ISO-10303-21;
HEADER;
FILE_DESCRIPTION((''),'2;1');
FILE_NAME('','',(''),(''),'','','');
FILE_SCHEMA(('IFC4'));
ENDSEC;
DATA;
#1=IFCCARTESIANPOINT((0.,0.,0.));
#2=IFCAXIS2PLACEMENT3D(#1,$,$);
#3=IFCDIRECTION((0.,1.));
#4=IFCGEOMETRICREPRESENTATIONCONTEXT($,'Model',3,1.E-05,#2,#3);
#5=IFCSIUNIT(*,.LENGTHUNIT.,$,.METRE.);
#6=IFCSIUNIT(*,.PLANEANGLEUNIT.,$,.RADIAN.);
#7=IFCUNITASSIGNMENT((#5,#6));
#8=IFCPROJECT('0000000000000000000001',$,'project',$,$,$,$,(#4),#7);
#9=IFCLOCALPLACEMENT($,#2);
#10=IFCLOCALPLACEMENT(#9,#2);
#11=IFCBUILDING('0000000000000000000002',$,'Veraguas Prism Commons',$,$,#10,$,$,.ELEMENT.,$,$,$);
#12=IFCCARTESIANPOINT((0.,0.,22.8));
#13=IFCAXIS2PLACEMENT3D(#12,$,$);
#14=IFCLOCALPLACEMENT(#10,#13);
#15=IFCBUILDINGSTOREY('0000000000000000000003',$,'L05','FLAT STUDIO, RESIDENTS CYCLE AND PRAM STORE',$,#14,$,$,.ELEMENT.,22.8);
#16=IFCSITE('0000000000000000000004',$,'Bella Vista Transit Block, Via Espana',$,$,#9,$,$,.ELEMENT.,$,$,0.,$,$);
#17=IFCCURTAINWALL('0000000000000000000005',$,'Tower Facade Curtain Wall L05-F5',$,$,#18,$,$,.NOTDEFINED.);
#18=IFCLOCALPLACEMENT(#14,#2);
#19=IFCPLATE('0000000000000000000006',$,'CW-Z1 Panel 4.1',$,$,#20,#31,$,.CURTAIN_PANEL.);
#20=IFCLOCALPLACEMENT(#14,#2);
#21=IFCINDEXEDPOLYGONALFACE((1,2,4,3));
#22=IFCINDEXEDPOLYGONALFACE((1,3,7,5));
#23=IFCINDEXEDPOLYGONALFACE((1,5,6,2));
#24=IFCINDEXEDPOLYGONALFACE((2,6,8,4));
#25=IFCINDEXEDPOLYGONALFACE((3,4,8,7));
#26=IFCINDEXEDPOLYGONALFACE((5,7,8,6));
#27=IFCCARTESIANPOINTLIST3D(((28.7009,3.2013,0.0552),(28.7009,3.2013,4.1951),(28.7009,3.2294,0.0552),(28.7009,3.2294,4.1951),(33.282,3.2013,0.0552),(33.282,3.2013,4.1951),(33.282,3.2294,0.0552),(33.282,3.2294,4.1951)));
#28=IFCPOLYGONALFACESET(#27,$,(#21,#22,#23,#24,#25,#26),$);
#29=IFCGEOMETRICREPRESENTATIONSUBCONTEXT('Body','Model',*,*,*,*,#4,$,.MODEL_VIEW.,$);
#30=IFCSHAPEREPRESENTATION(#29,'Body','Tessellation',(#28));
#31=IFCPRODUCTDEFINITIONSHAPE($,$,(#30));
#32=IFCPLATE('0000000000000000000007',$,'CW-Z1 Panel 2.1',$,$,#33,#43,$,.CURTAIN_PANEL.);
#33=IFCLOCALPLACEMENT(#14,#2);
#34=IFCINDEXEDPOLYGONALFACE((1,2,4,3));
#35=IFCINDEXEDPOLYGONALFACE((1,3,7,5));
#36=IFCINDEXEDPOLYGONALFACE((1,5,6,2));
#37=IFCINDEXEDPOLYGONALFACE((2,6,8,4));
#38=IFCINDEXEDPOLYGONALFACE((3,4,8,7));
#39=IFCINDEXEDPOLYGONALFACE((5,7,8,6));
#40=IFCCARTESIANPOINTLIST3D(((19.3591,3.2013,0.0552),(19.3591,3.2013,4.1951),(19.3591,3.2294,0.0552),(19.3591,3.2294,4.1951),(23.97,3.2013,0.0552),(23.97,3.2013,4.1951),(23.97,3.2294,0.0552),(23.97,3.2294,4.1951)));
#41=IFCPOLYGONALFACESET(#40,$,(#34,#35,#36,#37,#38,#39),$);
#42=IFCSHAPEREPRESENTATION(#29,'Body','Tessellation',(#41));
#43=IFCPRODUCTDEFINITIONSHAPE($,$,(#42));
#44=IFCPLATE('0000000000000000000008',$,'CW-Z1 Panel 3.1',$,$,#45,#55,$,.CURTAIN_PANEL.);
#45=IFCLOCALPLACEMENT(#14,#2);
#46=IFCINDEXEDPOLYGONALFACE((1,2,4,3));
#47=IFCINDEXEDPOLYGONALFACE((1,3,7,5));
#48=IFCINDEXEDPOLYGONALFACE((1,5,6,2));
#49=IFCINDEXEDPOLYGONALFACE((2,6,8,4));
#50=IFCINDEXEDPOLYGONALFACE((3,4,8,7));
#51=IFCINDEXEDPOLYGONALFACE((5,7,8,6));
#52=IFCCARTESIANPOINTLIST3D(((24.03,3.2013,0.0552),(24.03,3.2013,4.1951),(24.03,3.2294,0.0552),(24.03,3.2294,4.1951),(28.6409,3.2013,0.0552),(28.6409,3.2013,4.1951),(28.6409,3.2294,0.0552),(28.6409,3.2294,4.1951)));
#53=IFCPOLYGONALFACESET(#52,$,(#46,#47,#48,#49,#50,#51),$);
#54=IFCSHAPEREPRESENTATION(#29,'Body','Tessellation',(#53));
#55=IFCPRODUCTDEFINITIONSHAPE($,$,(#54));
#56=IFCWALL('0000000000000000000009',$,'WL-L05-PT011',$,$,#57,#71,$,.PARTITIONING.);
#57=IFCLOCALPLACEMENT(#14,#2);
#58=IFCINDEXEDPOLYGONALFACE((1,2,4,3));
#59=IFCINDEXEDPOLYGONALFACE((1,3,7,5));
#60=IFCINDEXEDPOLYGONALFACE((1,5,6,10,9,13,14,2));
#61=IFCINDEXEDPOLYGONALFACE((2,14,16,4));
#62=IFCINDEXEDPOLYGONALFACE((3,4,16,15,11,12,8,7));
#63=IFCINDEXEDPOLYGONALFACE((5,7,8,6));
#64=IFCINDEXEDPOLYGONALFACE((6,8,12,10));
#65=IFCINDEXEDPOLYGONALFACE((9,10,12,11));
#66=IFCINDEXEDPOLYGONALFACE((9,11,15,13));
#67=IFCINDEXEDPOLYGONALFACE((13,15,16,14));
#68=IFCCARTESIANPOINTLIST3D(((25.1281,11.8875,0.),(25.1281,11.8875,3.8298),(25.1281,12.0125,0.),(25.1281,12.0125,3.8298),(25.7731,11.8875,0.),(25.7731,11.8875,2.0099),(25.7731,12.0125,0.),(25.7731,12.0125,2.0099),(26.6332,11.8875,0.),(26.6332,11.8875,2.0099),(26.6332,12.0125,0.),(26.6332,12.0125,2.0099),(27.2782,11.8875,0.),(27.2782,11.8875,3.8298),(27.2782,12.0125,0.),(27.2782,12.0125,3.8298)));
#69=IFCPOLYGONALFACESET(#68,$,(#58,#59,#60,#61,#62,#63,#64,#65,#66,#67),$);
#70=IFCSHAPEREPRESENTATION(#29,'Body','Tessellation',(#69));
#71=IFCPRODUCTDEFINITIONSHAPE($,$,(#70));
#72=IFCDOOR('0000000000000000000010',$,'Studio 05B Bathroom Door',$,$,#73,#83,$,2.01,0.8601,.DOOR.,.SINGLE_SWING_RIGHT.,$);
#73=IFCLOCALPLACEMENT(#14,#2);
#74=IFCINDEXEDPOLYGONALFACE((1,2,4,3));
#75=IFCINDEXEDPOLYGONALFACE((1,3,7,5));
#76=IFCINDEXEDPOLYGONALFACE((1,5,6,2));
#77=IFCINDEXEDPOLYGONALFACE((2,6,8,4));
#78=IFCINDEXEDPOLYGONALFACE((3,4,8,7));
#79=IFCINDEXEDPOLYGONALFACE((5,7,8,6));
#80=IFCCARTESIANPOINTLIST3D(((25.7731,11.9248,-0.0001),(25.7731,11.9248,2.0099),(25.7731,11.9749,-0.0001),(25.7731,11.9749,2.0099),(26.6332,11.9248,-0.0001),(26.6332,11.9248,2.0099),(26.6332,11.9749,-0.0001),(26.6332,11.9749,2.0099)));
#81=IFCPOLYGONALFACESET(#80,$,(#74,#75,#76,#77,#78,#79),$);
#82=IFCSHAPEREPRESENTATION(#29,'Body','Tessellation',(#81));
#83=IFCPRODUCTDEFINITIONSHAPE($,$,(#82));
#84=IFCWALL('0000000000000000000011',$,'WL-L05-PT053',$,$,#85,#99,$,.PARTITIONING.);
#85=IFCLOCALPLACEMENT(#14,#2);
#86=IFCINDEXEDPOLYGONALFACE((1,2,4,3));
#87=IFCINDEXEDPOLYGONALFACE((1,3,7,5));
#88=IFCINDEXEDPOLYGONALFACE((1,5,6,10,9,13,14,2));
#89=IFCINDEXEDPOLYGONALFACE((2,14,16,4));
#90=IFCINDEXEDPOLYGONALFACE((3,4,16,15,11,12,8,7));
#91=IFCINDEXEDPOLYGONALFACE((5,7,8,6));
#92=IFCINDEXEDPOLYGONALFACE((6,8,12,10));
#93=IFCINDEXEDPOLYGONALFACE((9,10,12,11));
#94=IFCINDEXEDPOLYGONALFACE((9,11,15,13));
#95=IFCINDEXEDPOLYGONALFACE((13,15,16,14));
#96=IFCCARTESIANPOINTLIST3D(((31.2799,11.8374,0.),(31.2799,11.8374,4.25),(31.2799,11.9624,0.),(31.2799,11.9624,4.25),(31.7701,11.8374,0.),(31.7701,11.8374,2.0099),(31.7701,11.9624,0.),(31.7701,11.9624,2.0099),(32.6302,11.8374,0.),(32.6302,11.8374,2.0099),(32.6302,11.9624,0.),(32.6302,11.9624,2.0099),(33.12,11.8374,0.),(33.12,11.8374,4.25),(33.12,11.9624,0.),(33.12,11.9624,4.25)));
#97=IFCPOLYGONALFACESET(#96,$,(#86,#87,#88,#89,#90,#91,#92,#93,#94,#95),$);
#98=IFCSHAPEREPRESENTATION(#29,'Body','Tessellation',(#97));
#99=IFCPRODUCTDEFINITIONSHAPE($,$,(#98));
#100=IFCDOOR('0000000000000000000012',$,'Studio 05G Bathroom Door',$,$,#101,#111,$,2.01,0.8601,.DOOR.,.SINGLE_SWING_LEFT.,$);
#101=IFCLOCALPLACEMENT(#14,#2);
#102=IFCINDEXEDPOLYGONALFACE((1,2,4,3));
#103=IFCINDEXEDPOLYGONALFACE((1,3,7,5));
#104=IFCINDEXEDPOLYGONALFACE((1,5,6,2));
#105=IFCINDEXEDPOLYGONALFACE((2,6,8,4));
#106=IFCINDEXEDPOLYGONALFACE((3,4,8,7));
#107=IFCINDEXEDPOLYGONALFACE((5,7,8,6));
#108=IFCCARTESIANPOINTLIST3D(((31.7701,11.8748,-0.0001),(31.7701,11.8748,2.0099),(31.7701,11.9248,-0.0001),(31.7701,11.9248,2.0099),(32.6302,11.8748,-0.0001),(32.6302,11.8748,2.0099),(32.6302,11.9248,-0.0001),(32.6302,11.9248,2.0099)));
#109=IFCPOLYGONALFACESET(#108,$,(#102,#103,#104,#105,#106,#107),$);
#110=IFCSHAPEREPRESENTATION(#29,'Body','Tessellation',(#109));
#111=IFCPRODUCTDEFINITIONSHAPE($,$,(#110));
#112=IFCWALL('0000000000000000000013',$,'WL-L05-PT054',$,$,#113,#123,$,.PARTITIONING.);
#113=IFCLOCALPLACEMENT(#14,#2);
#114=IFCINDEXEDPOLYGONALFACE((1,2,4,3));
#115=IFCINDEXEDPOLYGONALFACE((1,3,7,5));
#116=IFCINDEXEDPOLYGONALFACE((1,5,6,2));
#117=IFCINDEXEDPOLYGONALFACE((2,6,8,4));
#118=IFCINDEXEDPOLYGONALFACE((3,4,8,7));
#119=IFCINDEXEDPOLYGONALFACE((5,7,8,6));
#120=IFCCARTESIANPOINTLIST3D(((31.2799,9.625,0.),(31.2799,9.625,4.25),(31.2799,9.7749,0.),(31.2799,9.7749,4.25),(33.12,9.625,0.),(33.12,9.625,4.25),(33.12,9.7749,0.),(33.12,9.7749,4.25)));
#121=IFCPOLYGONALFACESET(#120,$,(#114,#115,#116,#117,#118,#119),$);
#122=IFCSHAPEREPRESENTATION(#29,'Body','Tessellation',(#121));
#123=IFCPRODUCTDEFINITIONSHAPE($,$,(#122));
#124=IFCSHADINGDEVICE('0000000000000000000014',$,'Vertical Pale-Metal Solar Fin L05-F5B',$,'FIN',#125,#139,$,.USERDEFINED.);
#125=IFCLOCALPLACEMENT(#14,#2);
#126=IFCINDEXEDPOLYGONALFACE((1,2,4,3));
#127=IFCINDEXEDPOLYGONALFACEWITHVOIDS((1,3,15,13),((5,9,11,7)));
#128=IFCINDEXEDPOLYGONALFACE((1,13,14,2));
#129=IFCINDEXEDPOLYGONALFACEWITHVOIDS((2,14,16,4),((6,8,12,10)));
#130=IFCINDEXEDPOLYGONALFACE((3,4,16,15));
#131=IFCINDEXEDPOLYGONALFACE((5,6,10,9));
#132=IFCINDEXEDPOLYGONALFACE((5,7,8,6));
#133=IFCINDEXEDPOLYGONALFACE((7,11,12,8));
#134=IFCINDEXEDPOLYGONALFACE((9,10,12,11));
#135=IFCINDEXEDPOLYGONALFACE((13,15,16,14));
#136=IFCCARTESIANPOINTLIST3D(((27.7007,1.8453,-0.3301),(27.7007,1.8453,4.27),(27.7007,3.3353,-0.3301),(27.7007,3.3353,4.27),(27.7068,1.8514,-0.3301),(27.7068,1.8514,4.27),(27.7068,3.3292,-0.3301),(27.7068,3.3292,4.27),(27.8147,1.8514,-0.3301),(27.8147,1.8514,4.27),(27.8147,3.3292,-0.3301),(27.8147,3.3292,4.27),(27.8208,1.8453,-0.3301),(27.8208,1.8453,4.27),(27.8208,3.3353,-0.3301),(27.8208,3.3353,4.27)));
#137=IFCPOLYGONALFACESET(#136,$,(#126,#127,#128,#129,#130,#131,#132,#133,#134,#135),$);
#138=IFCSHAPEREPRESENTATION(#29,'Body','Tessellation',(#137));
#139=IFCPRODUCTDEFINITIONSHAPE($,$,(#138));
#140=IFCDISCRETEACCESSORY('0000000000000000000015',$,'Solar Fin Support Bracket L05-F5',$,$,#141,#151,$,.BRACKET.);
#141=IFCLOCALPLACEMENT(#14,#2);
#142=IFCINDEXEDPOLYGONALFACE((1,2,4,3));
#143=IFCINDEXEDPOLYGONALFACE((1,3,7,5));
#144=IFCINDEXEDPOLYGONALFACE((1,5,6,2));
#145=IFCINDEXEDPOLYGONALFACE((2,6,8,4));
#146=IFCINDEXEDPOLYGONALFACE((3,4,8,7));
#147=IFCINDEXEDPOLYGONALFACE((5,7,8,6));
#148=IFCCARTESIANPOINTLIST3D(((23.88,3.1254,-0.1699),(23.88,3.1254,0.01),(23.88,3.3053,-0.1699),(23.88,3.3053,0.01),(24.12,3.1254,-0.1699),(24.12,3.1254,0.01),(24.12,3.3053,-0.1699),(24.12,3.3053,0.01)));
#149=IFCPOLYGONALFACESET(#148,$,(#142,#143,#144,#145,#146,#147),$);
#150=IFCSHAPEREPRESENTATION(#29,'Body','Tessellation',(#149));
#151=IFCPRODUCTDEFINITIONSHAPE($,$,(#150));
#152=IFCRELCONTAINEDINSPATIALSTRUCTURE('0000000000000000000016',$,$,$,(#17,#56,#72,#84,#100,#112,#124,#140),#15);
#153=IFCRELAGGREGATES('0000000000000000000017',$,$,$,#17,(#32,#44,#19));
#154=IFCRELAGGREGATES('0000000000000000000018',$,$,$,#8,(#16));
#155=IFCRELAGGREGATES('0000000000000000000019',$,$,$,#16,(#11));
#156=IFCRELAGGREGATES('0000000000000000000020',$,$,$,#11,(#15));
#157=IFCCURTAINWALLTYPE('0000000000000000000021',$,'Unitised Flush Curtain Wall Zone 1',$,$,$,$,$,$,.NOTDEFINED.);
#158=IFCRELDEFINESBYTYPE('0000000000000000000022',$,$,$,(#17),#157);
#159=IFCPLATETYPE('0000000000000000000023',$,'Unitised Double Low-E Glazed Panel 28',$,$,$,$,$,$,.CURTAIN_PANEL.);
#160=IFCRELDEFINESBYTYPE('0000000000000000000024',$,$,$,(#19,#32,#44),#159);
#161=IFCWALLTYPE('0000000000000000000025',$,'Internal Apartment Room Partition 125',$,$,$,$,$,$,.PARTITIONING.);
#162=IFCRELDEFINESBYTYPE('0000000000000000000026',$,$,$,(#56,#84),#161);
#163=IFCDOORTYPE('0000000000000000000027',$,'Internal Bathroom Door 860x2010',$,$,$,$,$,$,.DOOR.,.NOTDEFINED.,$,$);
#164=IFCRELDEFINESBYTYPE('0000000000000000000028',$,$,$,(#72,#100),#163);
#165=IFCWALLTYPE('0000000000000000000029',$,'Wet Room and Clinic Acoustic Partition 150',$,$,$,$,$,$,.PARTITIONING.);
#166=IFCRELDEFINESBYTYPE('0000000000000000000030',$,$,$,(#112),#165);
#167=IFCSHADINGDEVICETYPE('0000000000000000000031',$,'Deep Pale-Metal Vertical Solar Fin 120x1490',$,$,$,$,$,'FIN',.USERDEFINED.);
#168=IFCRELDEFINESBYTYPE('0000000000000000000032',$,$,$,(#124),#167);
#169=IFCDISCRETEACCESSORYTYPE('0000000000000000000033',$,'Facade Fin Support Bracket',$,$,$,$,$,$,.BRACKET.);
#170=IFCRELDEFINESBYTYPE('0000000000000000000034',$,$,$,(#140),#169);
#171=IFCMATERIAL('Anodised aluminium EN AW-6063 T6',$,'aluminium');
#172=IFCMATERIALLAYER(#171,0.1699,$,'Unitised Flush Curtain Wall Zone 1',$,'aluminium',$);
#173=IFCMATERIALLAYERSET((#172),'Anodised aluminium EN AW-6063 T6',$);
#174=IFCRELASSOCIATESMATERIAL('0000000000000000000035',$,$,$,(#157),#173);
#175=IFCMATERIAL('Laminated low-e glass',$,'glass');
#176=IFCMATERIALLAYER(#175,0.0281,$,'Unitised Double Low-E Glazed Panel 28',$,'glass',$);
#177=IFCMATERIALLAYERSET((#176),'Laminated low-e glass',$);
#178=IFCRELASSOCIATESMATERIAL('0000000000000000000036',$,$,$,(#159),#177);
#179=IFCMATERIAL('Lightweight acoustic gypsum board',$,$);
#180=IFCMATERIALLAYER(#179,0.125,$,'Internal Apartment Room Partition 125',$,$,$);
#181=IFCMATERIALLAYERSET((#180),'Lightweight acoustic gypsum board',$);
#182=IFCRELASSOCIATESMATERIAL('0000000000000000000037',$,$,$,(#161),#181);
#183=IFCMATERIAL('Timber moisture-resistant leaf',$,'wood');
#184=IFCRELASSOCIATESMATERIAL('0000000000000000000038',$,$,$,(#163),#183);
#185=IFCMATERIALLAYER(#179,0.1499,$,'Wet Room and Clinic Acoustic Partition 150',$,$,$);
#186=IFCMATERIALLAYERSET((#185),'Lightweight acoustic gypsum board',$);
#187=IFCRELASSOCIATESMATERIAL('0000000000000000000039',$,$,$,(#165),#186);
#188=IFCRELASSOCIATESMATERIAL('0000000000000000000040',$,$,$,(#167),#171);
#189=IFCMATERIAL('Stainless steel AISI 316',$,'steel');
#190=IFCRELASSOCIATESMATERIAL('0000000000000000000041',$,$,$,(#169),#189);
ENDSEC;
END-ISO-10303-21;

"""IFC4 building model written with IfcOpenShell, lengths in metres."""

from ifc_helpers import new_model, si_unit, direction, frame, frame_2d, origin, origin_2d, place, context, subcontext, project, spatial, rectangle, hollow_rectangle, extrude, source, transform, mapped, material, layer, layer_set, material_profile, profile_set, type_object, element, fill, aggregate, save


model = new_model("IFC4")

# Units and contexts
model_context = context("Model", 3, precision=1e-05, world=origin(), true_north=direction((0.0, 1.0)))
body_context = subcontext(model_context, "Body", "Model", "MODEL_VIEW")
ifc_project = project(units=[si_unit("LENGTHUNIT", "METRE"), si_unit("PLANEANGLEUNIT", "RADIAN")], contexts=[model_context])

# Site, building, storey
site_placement = place(None, origin())
site = spatial("IfcSite", under=ifc_project, at=site_placement, Name="Bella Vista Transit Block, Via Espana", CompositionType="ELEMENT", RefElevation=0.0)
building_placement = place(site_placement, origin())
building = spatial("IfcBuilding", under=site, at=building_placement, Name="Veraguas Prism Commons", CompositionType="ELEMENT")
storey_placement = place(building_placement, frame((0.0, 0.0, 22.8)))
storey = spatial("IfcBuildingStorey", under=building, at=storey_placement, Name="L05", Description="FLAT STUDIO, RESIDENTS CYCLE AND PRAM STORE", CompositionType="ELEMENT", Elevation=22.8)

# Curtain wall, plates
ifc_material_1 = material(Name="Anodised aluminium EN AW-6063 T6", Category="aluminium")
ifc_layer_1 = layer(ifc_material_1, 0.1699, Name="Unitised Flush Curtain Wall Zone 1", Category="aluminium")
ifc_layer_set_1 = layer_set([ifc_layer_1], Name="Anodised aluminium EN AW-6063 T6")
curtain_wall_type = type_object("IfcCurtainWallType", Name="Unitised Flush Curtain Wall Zone 1", PredefinedType="NOTDEFINED", material=ifc_layer_set_1)
curtain_wall_placement = place(storey_placement, origin())
curtain_wall = element("IfcCurtainWall", 1, at=curtain_wall_placement, inside=storey, type_object=curtain_wall_type, Name="Tower Facade Curtain Wall L05-F5", PredefinedType="NOTDEFINED")
ifc_material_2 = material(Name="Laminated low-e glass", Category="glass")
ifc_layer_2 = layer(ifc_material_2, 0.0281, Name="Unitised Double Low-E Glazed Panel 28", Category="glass")
ifc_layer_set_2 = layer_set([ifc_layer_2], Name="Laminated low-e glass")
plate_type = type_object("IfcPlateType", Name="Unitised Double Low-E Glazed Panel 28", PredefinedType="CURTAIN_PANEL", material=ifc_layer_set_2)
shared_shape_1 = source(origin(), body_context, "Body", "SweptSolid", [
    extrude(rectangle(XDim=4.5811, YDim=0.0281, at=origin_2d()), origin(), (0.0, 0.0, 1.0), 4.1399),
])
plate_1_placement = place(storey_placement, frame((30.9915, 3.2153, 0.0552), z_axis=(0.0, 0.0, 1.0), x_axis=(1.0, 0.0, 0.0)))
plate_1 = element("IfcPlate", 2, at=plate_1_placement, type_object=plate_type, Name="CW-Z1 Panel 4.1", PredefinedType="CURTAIN_PANEL", context=body_context, shape_type="MappedRepresentation", body=[
    mapped(shared_shape_1, transform((0.0, 0.0, 0.0), scale=1.0)),
])
shared_shape_2 = source(origin(), body_context, "Body", "SweptSolid", [
    extrude(rectangle(XDim=4.6108, YDim=0.0281, at=origin_2d()), origin(), (0.0, 0.0, 1.0), 4.1399),
])
plate_2_placement = place(storey_placement, frame((21.6646, 3.2153, 0.0552), z_axis=(0.0, 0.0, 1.0), x_axis=(1.0, 0.0, 0.0)))
plate_2 = element("IfcPlate", 3, at=plate_2_placement, type_object=plate_type, Name="CW-Z1 Panel 2.1", PredefinedType="CURTAIN_PANEL", context=body_context, shape_type="MappedRepresentation", body=[
    mapped(shared_shape_2, transform((0.0, 0.0, 0.0), scale=1.0)),
])
plate_3_placement = place(storey_placement, frame((26.3354, 3.2153, 0.0552), z_axis=(0.0, 0.0, 1.0), x_axis=(1.0, 0.0, 0.0)))
plate_3 = element("IfcPlate", 4, at=plate_3_placement, type_object=plate_type, Name="CW-Z1 Panel 3.1", PredefinedType="CURTAIN_PANEL", context=body_context, shape_type="MappedRepresentation", body=[
    mapped(shared_shape_2, transform((0.0, 0.0, 0.0), scale=1.0)),
])
aggregate(curtain_wall, [plate_2, plate_3, plate_1])

# Walls, openings, doors
ifc_material_3 = material(Name="Lightweight acoustic gypsum board")
ifc_layer_3 = layer(ifc_material_3, 0.125, Name="Internal Apartment Room Partition 125")
ifc_layer_set_3 = layer_set([ifc_layer_3], Name="Lightweight acoustic gypsum board")
wall_type_1 = type_object("IfcWallType", Name="Internal Apartment Room Partition 125", PredefinedType="PARTITIONING", material=ifc_layer_set_3)
wall_1_placement = place(storey_placement, frame((25.1279, 11.95, 0.0), z_axis=(0.0, 0.0, 1.0), x_axis=(1.0, 0.0, 0.0)))
wall_1 = element("IfcWall", 5, at=wall_1_placement, inside=storey, type_object=wall_type_1, Name="WL-L05-PT011", PredefinedType="PARTITIONING", context=body_context, shape_type="SweptSolid", body=[
    extrude(rectangle(XDim=2.1501, YDim=0.125, at=frame_2d((1.0752, 0.0))), origin(), (0.0, 0.0, 1.0), 3.8298),
])
opening_1_placement = place(wall_1_placement, frame((0.645, 0.0, 0.0)))
opening_1 = element("IfcOpeningElement", 6, at=opening_1_placement, cuts=wall_1, PredefinedType="OPENING", context=body_context, shape_type="SweptSolid", body=[
    extrude(rectangle(XDim=0.8601, YDim=2.01, at=frame_2d((0.4302, 1.0049))), frame((0.0, 0.0725, 0.0), z_axis=(0.0, -1.0, 0.0), x_axis=(1.0, 0.0, 0.0)), (0.0, 0.0, 1.0), 0.145),
])
ifc_material_4 = material(Name="Timber moisture-resistant leaf", Category="wood")
door_type = type_object("IfcDoorType", Name="Internal Bathroom Door 860x2010", OperationType="NOTDEFINED", PredefinedType="DOOR", material=ifc_material_4)
shared_shape_3 = source(origin(), body_context, "Body", "SweptSolid", [
    extrude(rectangle(XDim=0.8601, YDim=2.01, at=frame_2d((0.4302, 1.0049))), frame((0.0, 0.0249, 0.0), z_axis=(0.0, -1.0, 0.0), x_axis=(1.0, 0.0, 0.0)), (0.0, 0.0, 1.0), 0.05),
])
door_1_placement = place(opening_1_placement, origin())
door_1 = element("IfcDoor", 7, at=door_1_placement, inside=storey, type_object=door_type, Name="Studio 05B Bathroom Door", OperationType="SINGLE_SWING_RIGHT", OverallHeight=2.01, OverallWidth=0.8601, PredefinedType="DOOR", context=body_context, shape_type="MappedRepresentation", body=[
    mapped(shared_shape_3, transform((0.0, 0.0, 0.0), scale=1.0)),
])
fill(opening_1, door_1)
wall_2_placement = place(storey_placement, frame((31.28, 11.8999, 0.0), z_axis=(0.0, 0.0, 1.0), x_axis=(1.0, 0.0, 0.0)))
wall_2 = element("IfcWall", 8, at=wall_2_placement, inside=storey, type_object=wall_type_1, Name="WL-L05-PT053", PredefinedType="PARTITIONING", context=body_context, shape_type="SweptSolid", body=[
    extrude(rectangle(XDim=1.8401, YDim=0.125, at=frame_2d((0.9199, 0.0))), origin(), (0.0, 0.0, 1.0), 4.25),
])
opening_2_placement = place(wall_2_placement, frame((0.49, 0.0, 0.0)))
opening_2 = element("IfcOpeningElement", 9, at=opening_2_placement, cuts=wall_2, PredefinedType="OPENING", context=body_context, shape_type="SweptSolid", body=[
    extrude(rectangle(XDim=0.8601, YDim=2.01, at=frame_2d((0.4302, 1.0049))), frame((0.0, 0.0725, 0.0), z_axis=(0.0, -1.0, 0.0), x_axis=(1.0, 0.0, 0.0)), (0.0, 0.0, 1.0), 0.145),
])
door_2_placement = place(opening_2_placement, origin())
door_2 = element("IfcDoor", 10, at=door_2_placement, inside=storey, type_object=door_type, Name="Studio 05G Bathroom Door", OperationType="SINGLE_SWING_LEFT", OverallHeight=2.01, OverallWidth=0.8601, PredefinedType="DOOR", context=body_context, shape_type="MappedRepresentation", body=[
    mapped(shared_shape_3, transform((0.0, 0.0, 0.0), scale=1.0)),
])
fill(opening_2, door_2)

# Wall
ifc_layer_4 = layer(ifc_material_3, 0.1499, Name="Wet Room and Clinic Acoustic Partition 150")
ifc_layer_set_4 = layer_set([ifc_layer_4], Name="Lightweight acoustic gypsum board")
wall_type_2 = type_object("IfcWallType", Name="Wet Room and Clinic Acoustic Partition 150", PredefinedType="PARTITIONING", material=ifc_layer_set_4)
wall_3_placement = place(storey_placement, frame((31.28, 9.7, 0.0), z_axis=(0.0, 0.0, 1.0), x_axis=(1.0, 0.0, 0.0)))
element("IfcWall", 11, at=wall_3_placement, inside=storey, type_object=wall_type_2, Name="WL-L05-PT054", PredefinedType="PARTITIONING", context=body_context, shape_type="SweptSolid", body=[
    extrude(rectangle(XDim=1.8401, YDim=0.1499, at=frame_2d((0.9199, 0.0))), origin(), (0.0, 0.0, 1.0), 4.25),
])

# Shading device
ifc_material_profile_1 = material_profile(ifc_material_1, hollow_rectangle(XDim=0.1201, YDim=1.49, WallThickness=0.0061, at=origin_2d()), Name="FIN120X1490X6")
ifc_profile_set_1 = profile_set([ifc_material_profile_1], Name="Anodised aluminium EN AW-6063 T6")
shading_device_type = type_object("IfcShadingDeviceType", Name="Deep Pale-Metal Vertical Solar Fin 120x1490", ElementType="FIN", PredefinedType="USERDEFINED", material=ifc_profile_set_1)
shading_device_placement = place(storey_placement, frame((27.7607, 2.5903, -0.3301), z_axis=(0.0, 0.0, 1.0), x_axis=(1.0, 0.0, 0.0)))
element("IfcShadingDevice", 12, at=shading_device_placement, inside=storey, type_object=shading_device_type, Name="Vertical Pale-Metal Solar Fin L05-F5B", ObjectType="FIN", PredefinedType="USERDEFINED", context=body_context, shape_type="SweptSolid", body=[
    extrude(hollow_rectangle(XDim=0.1201, YDim=1.49, WallThickness=0.0061, at=origin_2d()), origin(), (0.0, 0.0, 1.0), 4.6001),
])

# Discrete accessory
ifc_material_5 = material(Name="Stainless steel AISI 316", Category="steel")
discrete_accessory_type = type_object("IfcDiscreteAccessoryType", Name="Facade Fin Support Bracket", PredefinedType="BRACKET", material=ifc_material_5)
shared_shape_4 = source(origin(), body_context, "Body", "SweptSolid", [
    extrude(rectangle(XDim=0.24, YDim=0.1799, at=origin_2d()), origin(), (0.0, 0.0, 1.0), 0.1799),
])
discrete_accessory_placement = place(storey_placement, frame((24.0, 3.2153, -0.1699), z_axis=(0.0, 0.0, 1.0), x_axis=(1.0, 0.0, 0.0)))
element("IfcDiscreteAccessory", 13, at=discrete_accessory_placement, inside=storey, type_object=discrete_accessory_type, Name="Solar Fin Support Bracket L05-F5", PredefinedType="BRACKET", context=body_context, shape_type="MappedRepresentation", body=[
    mapped(shared_shape_4, transform((0.0, 0.0, 0.0), scale=1.0)),
])

save(model, "model.ifc")
